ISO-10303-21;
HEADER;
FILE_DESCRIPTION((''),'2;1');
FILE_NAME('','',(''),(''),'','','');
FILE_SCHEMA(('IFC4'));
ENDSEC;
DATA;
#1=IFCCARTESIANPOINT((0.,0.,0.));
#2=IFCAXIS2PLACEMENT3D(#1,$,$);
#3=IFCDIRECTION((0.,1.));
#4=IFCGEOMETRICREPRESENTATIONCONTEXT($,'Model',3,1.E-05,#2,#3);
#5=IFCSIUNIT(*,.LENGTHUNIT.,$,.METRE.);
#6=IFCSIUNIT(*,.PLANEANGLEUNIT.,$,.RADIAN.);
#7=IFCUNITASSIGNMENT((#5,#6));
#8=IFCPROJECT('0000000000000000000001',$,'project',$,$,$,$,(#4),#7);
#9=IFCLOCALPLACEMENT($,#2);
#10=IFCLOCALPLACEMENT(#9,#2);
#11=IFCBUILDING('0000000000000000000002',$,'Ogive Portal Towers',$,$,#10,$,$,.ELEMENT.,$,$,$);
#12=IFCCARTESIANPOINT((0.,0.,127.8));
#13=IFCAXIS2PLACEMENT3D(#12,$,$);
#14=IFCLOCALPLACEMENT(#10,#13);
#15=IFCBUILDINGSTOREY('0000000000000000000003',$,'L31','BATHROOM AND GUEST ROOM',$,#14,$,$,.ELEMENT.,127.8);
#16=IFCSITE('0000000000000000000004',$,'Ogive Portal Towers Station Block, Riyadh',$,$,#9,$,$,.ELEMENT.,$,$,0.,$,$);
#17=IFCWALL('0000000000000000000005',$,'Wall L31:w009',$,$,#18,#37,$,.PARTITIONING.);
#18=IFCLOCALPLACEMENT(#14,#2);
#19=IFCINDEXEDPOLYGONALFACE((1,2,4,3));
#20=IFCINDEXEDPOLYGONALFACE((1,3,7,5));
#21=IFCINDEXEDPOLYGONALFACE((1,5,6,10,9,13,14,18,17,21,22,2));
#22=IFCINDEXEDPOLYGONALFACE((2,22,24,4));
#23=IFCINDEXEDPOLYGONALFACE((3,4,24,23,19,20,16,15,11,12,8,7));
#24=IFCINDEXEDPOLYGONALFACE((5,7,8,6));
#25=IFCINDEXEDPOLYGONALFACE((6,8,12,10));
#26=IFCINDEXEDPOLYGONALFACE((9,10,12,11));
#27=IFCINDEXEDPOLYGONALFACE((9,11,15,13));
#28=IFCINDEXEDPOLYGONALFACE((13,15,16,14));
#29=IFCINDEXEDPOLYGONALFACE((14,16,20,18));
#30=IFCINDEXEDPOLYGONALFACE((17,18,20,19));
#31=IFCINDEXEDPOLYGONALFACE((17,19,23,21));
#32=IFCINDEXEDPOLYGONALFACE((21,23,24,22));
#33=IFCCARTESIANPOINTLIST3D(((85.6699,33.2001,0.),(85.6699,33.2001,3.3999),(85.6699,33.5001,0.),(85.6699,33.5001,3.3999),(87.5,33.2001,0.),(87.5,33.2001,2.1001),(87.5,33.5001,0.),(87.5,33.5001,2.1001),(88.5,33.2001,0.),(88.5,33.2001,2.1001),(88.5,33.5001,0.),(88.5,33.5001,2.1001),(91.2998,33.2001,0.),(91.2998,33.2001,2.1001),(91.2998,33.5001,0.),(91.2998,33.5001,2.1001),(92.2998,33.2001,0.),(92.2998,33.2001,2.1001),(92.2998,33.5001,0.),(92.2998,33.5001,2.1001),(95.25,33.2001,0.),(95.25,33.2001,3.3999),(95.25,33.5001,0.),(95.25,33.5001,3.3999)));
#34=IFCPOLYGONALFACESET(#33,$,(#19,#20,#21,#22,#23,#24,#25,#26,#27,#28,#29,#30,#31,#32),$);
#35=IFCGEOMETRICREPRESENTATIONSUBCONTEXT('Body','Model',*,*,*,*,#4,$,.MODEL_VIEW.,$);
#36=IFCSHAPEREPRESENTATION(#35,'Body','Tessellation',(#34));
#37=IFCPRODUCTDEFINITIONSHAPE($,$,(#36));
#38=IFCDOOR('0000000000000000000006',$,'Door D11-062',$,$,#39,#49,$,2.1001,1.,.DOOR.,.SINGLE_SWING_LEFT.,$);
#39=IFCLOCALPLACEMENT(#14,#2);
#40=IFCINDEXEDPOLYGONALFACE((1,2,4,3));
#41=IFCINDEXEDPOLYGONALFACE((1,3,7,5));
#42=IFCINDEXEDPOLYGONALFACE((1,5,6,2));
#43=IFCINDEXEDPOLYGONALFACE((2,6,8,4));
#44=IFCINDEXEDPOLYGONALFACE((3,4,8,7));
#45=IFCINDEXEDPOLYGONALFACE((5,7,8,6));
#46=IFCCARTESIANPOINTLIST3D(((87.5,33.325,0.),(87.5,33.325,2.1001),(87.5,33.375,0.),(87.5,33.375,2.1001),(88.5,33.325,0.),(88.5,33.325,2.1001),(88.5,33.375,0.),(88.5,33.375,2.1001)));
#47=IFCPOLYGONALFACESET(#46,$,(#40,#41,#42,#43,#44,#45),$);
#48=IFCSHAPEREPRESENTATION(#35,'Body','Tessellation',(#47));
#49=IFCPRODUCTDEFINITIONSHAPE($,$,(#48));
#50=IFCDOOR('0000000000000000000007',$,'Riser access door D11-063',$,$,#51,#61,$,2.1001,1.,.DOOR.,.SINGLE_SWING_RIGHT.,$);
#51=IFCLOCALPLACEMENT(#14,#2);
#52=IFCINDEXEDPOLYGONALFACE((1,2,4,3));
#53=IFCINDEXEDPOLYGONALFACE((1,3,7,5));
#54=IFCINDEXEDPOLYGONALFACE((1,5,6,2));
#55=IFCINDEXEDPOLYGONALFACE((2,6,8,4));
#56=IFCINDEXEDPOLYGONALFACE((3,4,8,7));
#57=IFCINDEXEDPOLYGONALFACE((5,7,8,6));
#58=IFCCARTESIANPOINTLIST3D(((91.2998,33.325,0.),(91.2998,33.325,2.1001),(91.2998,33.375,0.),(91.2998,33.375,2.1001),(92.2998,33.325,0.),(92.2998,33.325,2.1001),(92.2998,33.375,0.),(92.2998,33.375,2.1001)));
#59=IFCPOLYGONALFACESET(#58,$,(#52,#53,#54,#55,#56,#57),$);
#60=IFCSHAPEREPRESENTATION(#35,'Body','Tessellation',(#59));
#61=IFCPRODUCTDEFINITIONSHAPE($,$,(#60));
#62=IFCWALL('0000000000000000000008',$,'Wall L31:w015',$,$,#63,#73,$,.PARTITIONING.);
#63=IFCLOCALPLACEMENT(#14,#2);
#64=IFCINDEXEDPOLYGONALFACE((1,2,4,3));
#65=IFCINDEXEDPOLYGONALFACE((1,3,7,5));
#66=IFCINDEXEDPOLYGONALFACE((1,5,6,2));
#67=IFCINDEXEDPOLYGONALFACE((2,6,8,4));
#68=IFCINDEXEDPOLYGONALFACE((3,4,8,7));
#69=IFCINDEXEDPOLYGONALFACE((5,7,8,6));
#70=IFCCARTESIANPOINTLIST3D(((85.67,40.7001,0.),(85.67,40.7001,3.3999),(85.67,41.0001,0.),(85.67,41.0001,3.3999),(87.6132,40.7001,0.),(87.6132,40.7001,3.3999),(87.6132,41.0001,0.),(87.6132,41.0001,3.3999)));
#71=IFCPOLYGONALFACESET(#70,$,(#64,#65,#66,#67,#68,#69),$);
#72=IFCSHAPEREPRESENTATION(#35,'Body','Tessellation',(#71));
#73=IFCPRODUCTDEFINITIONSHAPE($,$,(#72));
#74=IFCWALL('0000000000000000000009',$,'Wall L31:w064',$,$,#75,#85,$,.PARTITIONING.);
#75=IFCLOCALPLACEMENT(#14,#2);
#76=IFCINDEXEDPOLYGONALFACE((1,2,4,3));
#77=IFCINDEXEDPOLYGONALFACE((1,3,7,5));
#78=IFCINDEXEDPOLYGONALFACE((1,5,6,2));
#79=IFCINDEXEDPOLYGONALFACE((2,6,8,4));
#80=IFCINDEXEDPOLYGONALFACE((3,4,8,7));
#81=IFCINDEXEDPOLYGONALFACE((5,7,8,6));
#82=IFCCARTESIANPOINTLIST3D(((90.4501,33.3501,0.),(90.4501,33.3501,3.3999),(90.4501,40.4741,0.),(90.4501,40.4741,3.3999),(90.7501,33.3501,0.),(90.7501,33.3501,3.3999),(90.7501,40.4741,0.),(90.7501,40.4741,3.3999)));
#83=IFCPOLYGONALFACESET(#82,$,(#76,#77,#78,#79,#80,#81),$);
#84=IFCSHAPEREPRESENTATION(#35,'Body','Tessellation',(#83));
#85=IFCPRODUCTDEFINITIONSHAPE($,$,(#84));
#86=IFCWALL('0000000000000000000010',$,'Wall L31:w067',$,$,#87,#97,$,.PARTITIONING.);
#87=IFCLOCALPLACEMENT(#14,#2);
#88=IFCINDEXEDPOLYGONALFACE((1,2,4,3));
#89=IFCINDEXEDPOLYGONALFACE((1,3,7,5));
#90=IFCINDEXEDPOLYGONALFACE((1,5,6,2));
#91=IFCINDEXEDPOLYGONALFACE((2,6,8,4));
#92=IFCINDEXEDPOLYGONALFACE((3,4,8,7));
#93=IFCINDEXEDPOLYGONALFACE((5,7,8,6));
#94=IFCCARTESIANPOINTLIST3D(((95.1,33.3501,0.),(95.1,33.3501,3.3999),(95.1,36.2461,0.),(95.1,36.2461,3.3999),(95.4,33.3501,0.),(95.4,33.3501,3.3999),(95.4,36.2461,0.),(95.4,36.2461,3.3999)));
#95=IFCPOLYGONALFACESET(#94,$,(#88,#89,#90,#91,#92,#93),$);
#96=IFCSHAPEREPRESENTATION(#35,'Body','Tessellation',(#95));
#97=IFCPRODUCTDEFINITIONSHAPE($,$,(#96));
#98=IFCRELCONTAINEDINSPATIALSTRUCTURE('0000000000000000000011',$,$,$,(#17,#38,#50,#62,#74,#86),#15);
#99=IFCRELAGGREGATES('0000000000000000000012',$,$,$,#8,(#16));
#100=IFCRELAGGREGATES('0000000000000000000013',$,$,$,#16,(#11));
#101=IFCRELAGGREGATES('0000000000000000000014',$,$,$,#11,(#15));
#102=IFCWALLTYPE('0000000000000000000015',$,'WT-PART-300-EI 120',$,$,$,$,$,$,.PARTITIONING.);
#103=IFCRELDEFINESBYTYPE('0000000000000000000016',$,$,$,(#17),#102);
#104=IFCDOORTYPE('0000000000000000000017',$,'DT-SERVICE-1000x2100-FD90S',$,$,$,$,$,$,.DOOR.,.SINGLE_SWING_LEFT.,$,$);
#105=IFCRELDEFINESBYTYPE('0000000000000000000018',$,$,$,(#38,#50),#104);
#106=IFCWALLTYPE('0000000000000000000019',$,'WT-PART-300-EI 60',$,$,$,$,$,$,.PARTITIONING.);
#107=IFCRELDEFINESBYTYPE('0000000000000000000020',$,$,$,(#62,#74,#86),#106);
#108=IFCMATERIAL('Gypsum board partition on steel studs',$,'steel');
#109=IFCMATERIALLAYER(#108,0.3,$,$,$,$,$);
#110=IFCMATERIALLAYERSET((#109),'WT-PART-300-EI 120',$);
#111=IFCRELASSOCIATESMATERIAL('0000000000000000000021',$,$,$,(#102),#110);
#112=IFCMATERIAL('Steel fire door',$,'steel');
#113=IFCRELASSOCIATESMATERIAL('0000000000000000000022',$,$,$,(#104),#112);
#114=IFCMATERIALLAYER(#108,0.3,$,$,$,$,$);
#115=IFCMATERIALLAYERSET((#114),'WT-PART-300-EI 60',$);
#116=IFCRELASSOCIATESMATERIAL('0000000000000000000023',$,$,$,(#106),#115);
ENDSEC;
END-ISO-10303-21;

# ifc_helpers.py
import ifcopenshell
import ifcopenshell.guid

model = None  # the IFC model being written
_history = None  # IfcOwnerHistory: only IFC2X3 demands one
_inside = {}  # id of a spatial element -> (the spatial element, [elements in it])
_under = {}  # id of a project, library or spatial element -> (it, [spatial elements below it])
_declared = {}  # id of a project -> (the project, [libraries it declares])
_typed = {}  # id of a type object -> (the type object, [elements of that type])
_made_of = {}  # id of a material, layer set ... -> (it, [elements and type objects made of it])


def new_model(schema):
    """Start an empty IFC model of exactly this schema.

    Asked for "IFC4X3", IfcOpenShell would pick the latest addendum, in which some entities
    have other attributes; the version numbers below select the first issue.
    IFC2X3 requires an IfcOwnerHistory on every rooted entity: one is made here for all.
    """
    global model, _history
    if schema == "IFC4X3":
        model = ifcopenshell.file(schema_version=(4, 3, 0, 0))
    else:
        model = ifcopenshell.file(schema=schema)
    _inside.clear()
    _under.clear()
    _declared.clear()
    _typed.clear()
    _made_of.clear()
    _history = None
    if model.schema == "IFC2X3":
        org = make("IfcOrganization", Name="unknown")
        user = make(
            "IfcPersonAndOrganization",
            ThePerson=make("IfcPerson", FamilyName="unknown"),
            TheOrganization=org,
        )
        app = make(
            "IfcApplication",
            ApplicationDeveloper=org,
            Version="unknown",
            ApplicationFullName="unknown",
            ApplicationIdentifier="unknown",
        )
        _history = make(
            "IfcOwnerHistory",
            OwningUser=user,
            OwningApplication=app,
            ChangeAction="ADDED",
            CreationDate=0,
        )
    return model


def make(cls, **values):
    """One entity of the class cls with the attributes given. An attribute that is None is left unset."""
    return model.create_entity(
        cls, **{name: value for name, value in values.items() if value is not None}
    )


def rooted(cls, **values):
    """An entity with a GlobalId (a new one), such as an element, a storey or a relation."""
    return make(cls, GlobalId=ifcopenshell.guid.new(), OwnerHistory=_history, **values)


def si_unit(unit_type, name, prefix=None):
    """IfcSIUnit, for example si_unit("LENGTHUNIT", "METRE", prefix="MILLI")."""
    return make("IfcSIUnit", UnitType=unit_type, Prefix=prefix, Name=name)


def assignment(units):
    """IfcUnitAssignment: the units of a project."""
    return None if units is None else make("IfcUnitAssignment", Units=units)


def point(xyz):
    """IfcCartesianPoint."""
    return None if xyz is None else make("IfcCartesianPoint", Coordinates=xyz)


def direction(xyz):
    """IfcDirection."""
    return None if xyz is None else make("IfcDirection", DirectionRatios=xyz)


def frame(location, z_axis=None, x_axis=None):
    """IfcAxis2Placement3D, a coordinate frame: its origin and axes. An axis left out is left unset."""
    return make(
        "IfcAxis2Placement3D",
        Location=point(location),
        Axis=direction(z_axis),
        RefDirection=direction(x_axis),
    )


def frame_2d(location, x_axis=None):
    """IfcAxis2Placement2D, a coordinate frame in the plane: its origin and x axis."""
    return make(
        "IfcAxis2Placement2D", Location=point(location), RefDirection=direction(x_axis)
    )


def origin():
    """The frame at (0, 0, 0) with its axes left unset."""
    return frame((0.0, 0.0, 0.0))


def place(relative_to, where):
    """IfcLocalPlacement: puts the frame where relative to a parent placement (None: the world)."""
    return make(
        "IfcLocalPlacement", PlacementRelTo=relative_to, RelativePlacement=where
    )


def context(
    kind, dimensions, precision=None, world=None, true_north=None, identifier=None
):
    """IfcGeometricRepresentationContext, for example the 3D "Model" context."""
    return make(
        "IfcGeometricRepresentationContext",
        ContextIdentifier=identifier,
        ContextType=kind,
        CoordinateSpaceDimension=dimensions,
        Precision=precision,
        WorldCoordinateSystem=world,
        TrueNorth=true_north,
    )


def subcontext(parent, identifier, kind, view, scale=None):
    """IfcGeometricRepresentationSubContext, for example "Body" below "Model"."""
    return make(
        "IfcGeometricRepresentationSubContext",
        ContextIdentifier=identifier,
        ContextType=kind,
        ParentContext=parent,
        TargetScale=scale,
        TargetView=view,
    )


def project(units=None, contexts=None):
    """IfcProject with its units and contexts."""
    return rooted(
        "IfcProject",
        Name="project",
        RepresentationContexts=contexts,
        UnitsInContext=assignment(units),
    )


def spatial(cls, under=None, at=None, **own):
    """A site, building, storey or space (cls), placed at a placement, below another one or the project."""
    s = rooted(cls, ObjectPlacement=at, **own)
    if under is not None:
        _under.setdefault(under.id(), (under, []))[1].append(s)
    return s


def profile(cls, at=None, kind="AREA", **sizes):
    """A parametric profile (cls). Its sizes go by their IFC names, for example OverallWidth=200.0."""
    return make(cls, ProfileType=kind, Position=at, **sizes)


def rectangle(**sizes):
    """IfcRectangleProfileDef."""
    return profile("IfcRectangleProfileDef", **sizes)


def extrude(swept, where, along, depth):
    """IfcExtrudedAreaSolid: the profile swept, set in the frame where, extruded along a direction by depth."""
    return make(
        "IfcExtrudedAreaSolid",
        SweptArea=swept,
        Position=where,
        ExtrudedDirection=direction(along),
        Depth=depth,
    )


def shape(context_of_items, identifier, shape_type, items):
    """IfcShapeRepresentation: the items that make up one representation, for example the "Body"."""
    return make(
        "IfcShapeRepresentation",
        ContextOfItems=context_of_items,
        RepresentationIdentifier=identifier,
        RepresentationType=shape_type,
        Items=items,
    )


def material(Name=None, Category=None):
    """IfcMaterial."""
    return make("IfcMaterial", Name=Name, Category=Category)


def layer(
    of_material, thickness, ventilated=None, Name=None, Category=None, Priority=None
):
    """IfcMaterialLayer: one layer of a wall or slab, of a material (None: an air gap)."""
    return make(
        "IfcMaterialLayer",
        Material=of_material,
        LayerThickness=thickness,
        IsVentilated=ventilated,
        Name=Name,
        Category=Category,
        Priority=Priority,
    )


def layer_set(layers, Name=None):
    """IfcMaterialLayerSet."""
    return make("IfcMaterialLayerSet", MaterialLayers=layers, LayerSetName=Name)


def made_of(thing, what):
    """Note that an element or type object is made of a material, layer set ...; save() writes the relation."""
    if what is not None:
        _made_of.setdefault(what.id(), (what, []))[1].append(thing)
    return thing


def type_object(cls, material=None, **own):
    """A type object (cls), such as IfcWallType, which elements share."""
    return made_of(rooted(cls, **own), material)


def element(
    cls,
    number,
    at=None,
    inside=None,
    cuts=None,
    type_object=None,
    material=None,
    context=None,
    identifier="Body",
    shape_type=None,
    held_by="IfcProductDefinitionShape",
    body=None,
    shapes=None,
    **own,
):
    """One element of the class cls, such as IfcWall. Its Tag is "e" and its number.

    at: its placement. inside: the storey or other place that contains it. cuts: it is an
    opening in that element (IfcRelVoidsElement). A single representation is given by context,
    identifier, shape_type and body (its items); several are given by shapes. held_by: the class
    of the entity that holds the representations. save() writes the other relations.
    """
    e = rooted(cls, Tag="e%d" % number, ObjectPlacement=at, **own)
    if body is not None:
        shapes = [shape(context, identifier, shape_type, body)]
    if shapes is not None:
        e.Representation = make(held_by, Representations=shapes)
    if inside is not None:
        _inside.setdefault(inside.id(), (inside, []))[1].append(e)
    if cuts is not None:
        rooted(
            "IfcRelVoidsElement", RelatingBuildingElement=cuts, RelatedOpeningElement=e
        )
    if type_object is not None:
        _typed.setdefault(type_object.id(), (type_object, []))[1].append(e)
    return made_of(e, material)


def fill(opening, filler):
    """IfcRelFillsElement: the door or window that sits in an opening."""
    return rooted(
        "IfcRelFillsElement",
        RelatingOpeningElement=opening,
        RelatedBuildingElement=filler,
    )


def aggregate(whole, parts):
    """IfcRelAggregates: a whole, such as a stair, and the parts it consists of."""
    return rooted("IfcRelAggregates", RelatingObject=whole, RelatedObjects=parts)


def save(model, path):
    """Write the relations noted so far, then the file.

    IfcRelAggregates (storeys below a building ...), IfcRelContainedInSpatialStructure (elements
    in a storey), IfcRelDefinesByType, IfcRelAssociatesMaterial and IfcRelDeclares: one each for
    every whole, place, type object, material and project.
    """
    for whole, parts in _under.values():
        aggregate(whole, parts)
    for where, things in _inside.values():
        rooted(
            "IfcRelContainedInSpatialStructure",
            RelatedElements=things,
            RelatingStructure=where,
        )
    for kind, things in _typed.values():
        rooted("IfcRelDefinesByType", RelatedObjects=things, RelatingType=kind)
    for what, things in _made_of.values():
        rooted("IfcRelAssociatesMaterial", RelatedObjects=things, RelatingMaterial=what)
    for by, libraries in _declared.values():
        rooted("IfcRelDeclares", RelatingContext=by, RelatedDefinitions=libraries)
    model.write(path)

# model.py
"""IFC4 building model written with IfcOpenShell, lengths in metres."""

from ifc_helpers import new_model, si_unit, direction, frame, frame_2d, origin, place, context, subcontext, project, spatial, rectangle, extrude, material, layer, layer_set, type_object, element, fill, save


model = new_model("IFC4")

# Units and contexts
model_context = context("Model", 3, precision=1e-05, world=origin(), true_north=direction((0.0, 1.0)))
body_context = subcontext(model_context, "Body", "Model", "MODEL_VIEW")
ifc_project = project(units=[si_unit("LENGTHUNIT", "METRE"), si_unit("PLANEANGLEUNIT", "RADIAN")], contexts=[model_context])

# Site, building, storey
site_placement = place(None, origin())
site = spatial("IfcSite", under=ifc_project, at=site_placement, Name="Ogive Portal Towers Station Block, Riyadh", CompositionType="ELEMENT", RefElevation=0.0)
building_placement = place(site_placement, origin())
building = spatial("IfcBuilding", under=site, at=building_placement, Name="Ogive Portal Towers", CompositionType="ELEMENT")
storey_placement = place(building_placement, frame((0.0, 0.0, 127.8)))
storey = spatial("IfcBuildingStorey", under=building, at=storey_placement, Name="L31", Description="BATHROOM AND GUEST ROOM", CompositionType="ELEMENT", Elevation=127.8)

# Wall, openings, doors
ifc_material_1 = material(Name="Gypsum board partition on steel studs", Category="steel")
ifc_layer_1 = layer(ifc_material_1, 0.3)
ifc_layer_set_1 = layer_set([ifc_layer_1], Name="WT-PART-300-EI 120")
wall_type_1 = type_object("IfcWallType", Name="WT-PART-300-EI 120", PredefinedType="PARTITIONING", material=ifc_layer_set_1)
wall_1_placement = place(storey_placement, frame((85.6699, 33.3501, 0.0), z_axis=(0.0, 0.0, 1.0), x_axis=(1.0, 0.0, 0.0)))
wall_1 = element("IfcWall", 1, at=wall_1_placement, inside=storey, type_object=wall_type_1, Name="Wall L31:w009", PredefinedType="PARTITIONING", context=body_context, shape_type="SweptSolid", body=[
    extrude(rectangle(XDim=9.5801, YDim=0.3, at=frame_2d((4.79, 0.0))), origin(), (0.0, 0.0, 1.0), 3.3999),
])
opening_1_placement = place(wall_1_placement, frame((1.8301, 0.0, 0.0)))
opening_1 = element("IfcOpeningElement", 2, at=opening_1_placement, cuts=wall_1, PredefinedType="OPENING", context=body_context, shape_type="SweptSolid", body=[
    extrude(rectangle(XDim=1.0, YDim=2.1001, at=frame_2d((0.5, 1.05))), frame((0.0, 0.1602, 0.0), z_axis=(0.0, -1.0, 0.0), x_axis=(1.0, 0.0, 0.0)), (0.0, 0.0, 1.0), 0.3201),
])
opening_2_placement = place(wall_1_placement, frame((5.6299, 0.0, 0.0)))
opening_2 = element("IfcOpeningElement", 3, at=opening_2_placement, cuts=wall_1, PredefinedType="OPENING", context=body_context, shape_type="SweptSolid", body=[
    extrude(rectangle(XDim=1.0, YDim=2.1001, at=frame_2d((0.5, 1.05))), frame((0.0, 0.1602, 0.0), z_axis=(0.0, -1.0, 0.0), x_axis=(1.0, 0.0, 0.0)), (0.0, 0.0, 1.0), 0.3201),
])
ifc_material_2 = material(Name="Steel fire door", Category="steel")
door_type = type_object("IfcDoorType", Name="DT-SERVICE-1000x2100-FD90S", OperationType="SINGLE_SWING_LEFT", PredefinedType="DOOR", material=ifc_material_2)
door_1_placement = place(opening_1_placement, origin())
door_1 = element("IfcDoor", 4, at=door_1_placement, inside=storey, type_object=door_type, Name="Door D11-062", OperationType="SINGLE_SWING_LEFT", OverallHeight=2.1001, OverallWidth=1.0, PredefinedType="DOOR", context=body_context, shape_type="SweptSolid", body=[
    extrude(rectangle(XDim=1.0, YDim=2.1001, at=frame_2d((0.5, 1.05))), frame((0.0, 0.0249, 0.0), z_axis=(0.0, -1.0, 0.0), x_axis=(1.0, 0.0, 0.0)), (0.0, 0.0, 1.0), 0.05),
])
fill(opening_1, door_1)
door_2_placement = place(opening_2_placement, origin())
door_2 = element("IfcDoor", 5, at=door_2_placement, inside=storey, type_object=door_type, Name="Riser access door D11-063", OperationType="SINGLE_SWING_RIGHT", OverallHeight=2.1001, OverallWidth=1.0, PredefinedType="DOOR", context=body_context, shape_type="SweptSolid", body=[
    extrude(rectangle(XDim=1.0, YDim=2.1001, at=frame_2d((0.5, 1.05))), frame((0.0, 0.0249, 0.0), z_axis=(0.0, -1.0, 0.0), x_axis=(1.0, 0.0, 0.0)), (0.0, 0.0, 1.0), 0.05),
])
fill(opening_2, door_2)

# Walls
ifc_layer_2 = layer(ifc_material_1, 0.3)
ifc_layer_set_2 = layer_set([ifc_layer_2], Name="WT-PART-300-EI 60")
wall_type_2 = type_object("IfcWallType", Name="WT-PART-300-EI 60", PredefinedType="PARTITIONING", material=ifc_layer_set_2)
wall_2_placement = place(storey_placement, frame((85.6699, 40.8501, 0.0), z_axis=(0.0, 0.0, 1.0), x_axis=(1.0, 0.0, 0.0)))
element("IfcWall", 6, at=wall_2_placement, inside=storey, type_object=wall_type_2, Name="Wall L31:w015", PredefinedType="PARTITIONING", context=body_context, shape_type="SweptSolid", body=[
    extrude(rectangle(XDim=1.9431, YDim=0.3, at=frame_2d((0.9717, 0.0))), origin(), (0.0, 0.0, 1.0), 3.3999),
])
wall_3_placement = place(storey_placement, frame((90.6001, 33.3501, 0.0), z_axis=(0.0, 0.0, 1.0), x_axis=(0.0, 1.0, 0.0)))
element("IfcWall", 7, at=wall_3_placement, inside=storey, type_object=wall_type_2, Name="Wall L31:w064", PredefinedType="PARTITIONING", context=body_context, shape_type="SweptSolid", body=[
    extrude(rectangle(XDim=7.124, YDim=0.3, at=frame_2d((3.562, 0.0))), origin(), (0.0, 0.0, 1.0), 3.3999),
])
wall_4_placement = place(storey_placement, frame((95.25, 33.3501, 0.0), z_axis=(0.0, 0.0, 1.0), x_axis=(0.0, 1.0, 0.0)))
element("IfcWall", 8, at=wall_4_placement, inside=storey, type_object=wall_type_2, Name="Wall L31:w067", PredefinedType="PARTITIONING", context=body_context, shape_type="SweptSolid", body=[
    extrude(rectangle(XDim=2.896, YDim=0.3, at=frame_2d((1.448, 0.0))), origin(), (0.0, 0.0, 1.0), 3.3999),
])

save(model, "model.ifc")
